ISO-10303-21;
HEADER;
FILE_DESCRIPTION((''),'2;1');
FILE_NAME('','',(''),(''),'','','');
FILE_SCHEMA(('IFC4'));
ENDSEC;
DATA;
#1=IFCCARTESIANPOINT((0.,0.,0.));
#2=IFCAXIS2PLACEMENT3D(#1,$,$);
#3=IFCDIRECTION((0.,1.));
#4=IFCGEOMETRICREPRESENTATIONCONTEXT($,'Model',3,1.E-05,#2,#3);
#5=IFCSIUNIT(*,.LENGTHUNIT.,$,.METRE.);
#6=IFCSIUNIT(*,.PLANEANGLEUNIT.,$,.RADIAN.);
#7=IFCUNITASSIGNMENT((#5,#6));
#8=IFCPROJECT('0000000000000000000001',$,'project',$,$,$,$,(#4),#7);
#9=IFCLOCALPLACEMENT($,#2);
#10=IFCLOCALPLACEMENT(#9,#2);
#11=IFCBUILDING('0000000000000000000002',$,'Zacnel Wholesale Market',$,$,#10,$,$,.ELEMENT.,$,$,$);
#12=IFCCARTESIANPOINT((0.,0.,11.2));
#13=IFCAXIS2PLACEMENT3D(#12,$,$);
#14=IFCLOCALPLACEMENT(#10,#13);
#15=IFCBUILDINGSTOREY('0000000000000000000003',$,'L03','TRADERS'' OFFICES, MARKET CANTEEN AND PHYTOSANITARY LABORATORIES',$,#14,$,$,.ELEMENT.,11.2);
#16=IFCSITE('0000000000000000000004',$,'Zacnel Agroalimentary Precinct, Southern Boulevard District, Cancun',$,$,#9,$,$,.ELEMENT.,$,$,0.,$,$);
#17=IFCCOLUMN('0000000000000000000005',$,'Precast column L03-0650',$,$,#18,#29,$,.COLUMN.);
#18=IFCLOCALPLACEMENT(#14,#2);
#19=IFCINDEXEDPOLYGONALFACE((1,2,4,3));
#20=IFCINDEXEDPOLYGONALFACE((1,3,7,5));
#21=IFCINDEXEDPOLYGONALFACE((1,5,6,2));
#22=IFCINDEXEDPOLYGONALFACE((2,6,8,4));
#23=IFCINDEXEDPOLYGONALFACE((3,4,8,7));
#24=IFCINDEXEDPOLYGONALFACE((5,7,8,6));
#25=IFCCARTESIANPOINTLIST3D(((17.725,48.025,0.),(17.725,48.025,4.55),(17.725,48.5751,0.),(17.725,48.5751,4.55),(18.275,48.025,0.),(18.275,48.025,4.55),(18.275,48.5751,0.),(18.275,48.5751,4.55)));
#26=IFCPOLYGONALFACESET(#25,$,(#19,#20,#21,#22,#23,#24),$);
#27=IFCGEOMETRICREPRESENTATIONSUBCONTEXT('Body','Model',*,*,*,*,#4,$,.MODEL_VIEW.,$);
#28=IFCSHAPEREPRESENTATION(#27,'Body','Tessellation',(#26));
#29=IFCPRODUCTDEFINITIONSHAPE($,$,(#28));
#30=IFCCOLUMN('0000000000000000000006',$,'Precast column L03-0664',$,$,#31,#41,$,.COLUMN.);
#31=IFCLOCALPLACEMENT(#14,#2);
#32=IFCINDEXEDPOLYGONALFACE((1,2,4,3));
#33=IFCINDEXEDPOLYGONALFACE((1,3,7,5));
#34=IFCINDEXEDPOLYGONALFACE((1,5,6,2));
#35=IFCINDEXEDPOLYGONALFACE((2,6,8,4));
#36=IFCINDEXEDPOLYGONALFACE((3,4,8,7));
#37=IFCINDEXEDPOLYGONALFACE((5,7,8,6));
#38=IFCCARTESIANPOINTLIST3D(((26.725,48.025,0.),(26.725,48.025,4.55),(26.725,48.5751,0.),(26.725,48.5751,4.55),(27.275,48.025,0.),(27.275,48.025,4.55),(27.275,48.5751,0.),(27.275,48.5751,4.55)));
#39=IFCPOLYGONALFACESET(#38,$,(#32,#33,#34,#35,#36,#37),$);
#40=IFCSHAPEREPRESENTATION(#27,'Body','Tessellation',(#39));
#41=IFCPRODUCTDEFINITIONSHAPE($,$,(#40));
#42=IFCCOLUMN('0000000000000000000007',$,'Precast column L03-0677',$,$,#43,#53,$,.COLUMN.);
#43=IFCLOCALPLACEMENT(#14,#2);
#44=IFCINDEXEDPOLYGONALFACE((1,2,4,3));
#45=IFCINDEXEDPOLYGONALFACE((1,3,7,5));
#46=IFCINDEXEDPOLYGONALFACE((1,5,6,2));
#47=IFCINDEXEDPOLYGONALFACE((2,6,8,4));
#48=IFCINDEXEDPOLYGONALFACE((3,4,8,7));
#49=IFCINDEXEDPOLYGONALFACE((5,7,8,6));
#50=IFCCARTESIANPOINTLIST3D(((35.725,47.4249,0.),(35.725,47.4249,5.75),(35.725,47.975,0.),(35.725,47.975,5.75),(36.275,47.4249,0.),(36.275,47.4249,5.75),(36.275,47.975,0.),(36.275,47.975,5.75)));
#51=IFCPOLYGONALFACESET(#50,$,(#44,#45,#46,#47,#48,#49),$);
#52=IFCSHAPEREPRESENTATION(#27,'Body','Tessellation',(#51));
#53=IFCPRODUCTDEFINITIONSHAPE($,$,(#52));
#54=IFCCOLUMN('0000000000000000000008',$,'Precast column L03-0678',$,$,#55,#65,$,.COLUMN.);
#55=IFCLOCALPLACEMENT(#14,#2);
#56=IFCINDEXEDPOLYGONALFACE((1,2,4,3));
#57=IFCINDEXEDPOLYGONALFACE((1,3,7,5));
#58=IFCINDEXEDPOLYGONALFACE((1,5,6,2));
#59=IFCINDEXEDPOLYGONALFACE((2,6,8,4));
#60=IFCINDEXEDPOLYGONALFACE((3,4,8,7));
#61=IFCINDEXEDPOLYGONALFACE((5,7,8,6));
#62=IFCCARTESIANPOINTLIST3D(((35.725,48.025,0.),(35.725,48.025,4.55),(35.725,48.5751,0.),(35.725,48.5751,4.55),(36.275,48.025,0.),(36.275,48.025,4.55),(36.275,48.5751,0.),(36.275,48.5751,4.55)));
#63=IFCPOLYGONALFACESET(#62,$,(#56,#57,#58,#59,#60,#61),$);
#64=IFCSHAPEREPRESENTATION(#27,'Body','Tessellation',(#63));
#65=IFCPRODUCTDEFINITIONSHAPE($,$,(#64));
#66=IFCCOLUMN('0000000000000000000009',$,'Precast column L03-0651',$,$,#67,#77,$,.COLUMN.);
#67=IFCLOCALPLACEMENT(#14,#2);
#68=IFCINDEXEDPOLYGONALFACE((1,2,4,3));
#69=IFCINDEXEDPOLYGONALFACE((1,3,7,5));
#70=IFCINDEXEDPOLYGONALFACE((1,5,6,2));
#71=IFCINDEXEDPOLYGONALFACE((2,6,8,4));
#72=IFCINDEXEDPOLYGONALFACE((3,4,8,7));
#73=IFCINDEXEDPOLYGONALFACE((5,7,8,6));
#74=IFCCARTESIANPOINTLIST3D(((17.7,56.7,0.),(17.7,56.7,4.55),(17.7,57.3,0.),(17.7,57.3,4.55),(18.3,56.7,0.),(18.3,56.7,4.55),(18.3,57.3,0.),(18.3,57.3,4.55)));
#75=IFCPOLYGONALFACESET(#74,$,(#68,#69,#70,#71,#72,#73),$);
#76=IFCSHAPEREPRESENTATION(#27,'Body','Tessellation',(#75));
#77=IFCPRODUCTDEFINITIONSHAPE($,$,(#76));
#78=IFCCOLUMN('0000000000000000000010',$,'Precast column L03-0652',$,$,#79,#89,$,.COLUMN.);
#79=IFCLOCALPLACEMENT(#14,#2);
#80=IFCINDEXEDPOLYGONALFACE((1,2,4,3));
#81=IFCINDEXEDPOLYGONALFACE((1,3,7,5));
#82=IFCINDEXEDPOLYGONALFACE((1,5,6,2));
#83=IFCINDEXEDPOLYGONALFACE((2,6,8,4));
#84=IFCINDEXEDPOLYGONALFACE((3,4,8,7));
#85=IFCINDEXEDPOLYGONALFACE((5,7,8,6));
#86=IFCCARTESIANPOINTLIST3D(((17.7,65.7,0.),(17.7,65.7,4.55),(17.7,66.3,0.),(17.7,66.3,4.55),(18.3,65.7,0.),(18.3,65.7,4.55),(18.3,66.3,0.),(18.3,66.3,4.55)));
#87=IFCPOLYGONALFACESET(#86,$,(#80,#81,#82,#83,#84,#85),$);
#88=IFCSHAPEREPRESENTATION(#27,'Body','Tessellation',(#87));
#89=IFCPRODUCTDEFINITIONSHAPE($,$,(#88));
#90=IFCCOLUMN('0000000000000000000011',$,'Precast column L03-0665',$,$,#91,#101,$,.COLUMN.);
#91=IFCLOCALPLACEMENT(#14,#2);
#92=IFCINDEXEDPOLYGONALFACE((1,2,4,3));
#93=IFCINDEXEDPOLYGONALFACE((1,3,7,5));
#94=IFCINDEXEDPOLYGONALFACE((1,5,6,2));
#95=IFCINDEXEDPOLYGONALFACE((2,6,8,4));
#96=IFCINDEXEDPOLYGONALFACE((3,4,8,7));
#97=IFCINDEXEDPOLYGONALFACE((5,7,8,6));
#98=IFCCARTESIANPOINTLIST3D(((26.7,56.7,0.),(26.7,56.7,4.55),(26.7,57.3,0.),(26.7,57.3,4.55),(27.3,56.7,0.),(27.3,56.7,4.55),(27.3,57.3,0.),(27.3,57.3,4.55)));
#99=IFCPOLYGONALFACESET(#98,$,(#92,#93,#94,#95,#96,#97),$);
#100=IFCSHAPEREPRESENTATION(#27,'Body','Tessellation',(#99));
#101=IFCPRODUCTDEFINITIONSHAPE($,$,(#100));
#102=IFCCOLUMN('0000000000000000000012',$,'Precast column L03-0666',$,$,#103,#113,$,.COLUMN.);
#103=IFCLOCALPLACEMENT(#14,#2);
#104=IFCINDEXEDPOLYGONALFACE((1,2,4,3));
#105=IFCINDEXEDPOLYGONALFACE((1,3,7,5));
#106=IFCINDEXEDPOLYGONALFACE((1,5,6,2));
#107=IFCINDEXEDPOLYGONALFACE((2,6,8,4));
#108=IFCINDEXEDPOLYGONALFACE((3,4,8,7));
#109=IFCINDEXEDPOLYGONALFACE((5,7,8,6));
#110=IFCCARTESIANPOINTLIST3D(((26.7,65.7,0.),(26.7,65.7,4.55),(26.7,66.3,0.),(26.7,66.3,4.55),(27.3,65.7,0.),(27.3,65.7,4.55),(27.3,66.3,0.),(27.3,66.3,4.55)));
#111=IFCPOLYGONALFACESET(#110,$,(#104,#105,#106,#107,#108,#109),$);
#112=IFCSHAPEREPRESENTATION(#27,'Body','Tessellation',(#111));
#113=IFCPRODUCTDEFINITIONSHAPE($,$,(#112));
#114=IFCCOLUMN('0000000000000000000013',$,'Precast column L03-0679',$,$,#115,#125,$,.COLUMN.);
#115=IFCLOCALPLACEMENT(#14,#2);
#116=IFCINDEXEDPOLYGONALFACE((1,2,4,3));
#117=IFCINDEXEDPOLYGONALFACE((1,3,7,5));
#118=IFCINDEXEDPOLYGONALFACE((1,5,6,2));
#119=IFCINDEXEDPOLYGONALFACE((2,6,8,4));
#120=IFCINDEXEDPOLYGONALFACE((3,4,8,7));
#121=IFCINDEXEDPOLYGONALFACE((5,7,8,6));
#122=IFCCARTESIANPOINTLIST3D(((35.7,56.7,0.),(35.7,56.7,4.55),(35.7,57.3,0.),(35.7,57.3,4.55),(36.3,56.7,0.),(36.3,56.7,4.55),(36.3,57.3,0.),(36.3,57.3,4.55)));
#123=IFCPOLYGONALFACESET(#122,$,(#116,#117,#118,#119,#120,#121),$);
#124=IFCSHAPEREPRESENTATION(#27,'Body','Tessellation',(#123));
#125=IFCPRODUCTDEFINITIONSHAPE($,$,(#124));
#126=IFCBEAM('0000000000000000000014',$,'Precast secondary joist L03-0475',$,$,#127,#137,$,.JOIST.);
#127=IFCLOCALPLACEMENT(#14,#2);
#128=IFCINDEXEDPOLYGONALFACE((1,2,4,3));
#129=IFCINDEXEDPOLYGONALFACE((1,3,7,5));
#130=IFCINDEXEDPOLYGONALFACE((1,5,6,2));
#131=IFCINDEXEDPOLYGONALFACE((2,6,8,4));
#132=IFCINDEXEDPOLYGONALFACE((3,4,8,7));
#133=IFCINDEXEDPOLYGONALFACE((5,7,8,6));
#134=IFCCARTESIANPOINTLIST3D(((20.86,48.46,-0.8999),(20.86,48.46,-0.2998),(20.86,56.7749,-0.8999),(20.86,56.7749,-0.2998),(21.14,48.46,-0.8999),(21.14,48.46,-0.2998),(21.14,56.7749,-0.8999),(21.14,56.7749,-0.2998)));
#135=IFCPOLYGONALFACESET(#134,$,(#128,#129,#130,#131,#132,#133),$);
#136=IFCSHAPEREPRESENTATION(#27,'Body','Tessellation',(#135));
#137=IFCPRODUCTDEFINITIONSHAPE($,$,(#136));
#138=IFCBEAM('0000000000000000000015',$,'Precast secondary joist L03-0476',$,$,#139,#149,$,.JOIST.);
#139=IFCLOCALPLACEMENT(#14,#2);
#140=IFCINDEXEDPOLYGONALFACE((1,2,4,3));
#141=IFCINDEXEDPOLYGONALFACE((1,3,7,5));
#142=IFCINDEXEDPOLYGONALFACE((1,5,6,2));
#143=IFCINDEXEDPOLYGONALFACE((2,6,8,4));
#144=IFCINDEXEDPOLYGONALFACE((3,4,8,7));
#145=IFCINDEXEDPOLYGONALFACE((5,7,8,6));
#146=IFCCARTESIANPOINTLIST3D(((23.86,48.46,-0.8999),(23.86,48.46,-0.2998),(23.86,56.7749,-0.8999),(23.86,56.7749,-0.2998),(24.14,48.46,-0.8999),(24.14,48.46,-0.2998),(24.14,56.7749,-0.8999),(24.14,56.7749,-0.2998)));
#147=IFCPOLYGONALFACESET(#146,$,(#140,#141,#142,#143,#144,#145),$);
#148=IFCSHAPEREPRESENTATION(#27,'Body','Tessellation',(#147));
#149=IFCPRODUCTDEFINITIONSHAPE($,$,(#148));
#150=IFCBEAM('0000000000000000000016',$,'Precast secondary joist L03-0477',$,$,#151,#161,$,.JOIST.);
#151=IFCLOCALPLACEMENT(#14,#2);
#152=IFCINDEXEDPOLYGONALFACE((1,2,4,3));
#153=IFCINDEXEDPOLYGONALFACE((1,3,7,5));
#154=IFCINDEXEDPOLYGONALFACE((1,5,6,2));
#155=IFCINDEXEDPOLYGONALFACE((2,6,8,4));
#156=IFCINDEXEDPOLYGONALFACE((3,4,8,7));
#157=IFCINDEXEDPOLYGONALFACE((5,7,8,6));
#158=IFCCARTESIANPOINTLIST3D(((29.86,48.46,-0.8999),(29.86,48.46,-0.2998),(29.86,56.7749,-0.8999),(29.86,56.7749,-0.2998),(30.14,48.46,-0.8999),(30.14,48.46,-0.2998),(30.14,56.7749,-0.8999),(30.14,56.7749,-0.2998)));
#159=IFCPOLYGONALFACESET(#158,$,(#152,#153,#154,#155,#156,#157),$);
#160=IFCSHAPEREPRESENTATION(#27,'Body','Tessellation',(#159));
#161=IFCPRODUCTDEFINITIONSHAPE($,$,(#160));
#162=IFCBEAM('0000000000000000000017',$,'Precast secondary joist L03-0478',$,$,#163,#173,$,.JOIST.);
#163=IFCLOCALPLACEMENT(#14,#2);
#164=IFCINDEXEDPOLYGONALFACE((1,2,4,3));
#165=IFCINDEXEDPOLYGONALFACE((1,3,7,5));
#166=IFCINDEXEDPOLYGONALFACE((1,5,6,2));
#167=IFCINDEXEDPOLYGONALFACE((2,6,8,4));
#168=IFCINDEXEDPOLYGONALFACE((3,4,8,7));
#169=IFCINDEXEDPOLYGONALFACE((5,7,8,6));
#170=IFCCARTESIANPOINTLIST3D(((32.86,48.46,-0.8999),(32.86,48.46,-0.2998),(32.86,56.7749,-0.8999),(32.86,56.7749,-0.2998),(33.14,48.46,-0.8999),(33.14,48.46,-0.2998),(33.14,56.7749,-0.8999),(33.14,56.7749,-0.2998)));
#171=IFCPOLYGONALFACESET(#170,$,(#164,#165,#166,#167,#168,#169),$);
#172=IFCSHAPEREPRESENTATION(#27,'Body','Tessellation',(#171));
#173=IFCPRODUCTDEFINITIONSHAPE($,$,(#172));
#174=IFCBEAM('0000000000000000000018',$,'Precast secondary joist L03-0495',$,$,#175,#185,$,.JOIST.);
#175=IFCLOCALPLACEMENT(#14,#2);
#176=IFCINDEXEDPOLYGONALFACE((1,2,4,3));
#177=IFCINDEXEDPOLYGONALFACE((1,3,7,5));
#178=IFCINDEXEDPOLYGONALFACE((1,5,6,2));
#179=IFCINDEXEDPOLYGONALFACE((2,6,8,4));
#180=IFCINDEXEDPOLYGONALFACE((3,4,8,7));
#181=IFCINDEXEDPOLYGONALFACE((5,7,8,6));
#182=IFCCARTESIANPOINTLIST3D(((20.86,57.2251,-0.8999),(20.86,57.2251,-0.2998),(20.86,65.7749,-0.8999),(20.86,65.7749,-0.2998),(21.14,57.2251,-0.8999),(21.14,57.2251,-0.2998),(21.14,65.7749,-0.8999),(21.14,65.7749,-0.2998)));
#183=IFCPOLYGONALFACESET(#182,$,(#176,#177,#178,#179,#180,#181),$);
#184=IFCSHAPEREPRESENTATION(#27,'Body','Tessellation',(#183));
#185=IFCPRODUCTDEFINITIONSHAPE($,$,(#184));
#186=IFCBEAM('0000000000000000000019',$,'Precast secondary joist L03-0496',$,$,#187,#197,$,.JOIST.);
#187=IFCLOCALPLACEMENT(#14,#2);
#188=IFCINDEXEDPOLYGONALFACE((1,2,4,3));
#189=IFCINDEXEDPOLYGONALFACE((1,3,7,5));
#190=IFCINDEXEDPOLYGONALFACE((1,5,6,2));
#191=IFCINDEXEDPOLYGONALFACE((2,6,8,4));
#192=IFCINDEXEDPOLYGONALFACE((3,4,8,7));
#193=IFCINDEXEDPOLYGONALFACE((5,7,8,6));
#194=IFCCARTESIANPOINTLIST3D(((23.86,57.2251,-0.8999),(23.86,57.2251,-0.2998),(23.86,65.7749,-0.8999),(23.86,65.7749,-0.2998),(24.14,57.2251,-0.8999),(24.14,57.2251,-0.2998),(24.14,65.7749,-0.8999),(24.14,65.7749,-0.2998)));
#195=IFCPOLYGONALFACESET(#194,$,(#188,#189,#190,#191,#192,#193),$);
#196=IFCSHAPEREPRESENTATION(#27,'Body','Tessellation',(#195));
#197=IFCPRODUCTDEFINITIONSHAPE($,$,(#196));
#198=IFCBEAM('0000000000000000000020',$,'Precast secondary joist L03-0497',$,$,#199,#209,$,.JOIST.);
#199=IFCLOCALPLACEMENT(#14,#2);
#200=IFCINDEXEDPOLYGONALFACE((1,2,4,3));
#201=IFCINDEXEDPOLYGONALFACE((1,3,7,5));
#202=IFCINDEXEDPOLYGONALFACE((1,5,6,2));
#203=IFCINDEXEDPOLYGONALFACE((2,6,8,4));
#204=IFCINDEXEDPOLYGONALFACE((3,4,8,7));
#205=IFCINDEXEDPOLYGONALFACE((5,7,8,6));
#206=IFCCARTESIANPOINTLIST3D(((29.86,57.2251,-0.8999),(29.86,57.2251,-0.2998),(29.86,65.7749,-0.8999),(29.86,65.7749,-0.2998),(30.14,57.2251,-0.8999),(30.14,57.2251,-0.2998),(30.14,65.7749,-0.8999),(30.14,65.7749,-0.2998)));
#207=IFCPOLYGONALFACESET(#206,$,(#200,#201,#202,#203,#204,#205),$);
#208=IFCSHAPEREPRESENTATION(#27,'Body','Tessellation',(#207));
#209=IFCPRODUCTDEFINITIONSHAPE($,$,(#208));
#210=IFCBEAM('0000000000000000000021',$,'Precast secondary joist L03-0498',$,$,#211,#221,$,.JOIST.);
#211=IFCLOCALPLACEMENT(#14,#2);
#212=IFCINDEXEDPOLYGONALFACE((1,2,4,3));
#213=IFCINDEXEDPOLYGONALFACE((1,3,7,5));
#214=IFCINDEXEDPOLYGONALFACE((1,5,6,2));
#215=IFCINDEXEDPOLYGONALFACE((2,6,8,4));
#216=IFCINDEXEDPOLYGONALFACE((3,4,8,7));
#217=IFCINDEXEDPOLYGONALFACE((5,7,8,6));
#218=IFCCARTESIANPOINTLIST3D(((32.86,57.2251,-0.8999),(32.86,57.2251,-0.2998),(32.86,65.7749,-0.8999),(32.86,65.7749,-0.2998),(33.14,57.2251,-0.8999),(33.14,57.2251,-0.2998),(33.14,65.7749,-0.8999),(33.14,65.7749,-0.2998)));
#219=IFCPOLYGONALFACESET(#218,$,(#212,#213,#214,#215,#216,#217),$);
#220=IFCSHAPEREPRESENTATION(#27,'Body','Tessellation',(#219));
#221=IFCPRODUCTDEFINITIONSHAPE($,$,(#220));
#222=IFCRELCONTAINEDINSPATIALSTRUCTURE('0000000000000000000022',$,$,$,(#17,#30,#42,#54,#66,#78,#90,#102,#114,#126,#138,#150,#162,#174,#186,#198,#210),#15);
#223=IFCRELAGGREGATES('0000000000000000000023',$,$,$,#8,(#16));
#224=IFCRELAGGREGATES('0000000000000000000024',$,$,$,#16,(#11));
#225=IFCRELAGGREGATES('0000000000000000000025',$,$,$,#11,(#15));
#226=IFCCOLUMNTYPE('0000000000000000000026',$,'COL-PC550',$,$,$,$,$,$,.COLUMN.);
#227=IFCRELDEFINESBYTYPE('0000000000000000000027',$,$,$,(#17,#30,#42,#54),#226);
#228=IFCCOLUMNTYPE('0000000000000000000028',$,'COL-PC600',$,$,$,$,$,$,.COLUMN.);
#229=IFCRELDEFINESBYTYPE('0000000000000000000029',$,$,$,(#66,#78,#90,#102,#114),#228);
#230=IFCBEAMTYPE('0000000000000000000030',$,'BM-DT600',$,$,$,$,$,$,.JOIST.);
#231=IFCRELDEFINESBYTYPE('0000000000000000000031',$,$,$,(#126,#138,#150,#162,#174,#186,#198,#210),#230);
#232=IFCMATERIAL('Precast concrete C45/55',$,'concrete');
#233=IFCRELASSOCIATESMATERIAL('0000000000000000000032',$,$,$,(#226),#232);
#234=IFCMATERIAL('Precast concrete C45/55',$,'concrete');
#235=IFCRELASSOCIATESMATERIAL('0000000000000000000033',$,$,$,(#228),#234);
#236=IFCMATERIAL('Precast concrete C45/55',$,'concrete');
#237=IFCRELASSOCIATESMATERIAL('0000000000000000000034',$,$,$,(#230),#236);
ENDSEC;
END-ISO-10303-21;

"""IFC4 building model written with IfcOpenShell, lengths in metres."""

from ifc_helpers import new_model, si_unit, direction, frame, origin, origin_2d, place, context, subcontext, project, spatial, rectangle, extrude, material, material_profile, profile_set, type_object, element, save


model = new_model("IFC4")

# Units and contexts
model_context = context("Model", 3, precision=1e-05, world=origin(), true_north=direction((0.0, 1.0)))
body_context = subcontext(model_context, "Body", "Model", "MODEL_VIEW")
ifc_project = project(units=[si_unit("LENGTHUNIT", "METRE"), si_unit("PLANEANGLEUNIT", "RADIAN")], contexts=[model_context])

# Site, building, storey
site_placement = place(None, origin())
site = spatial("IfcSite", under=ifc_project, at=site_placement, Name="Zacnel Agroalimentary Precinct, Southern Boulevard District, Cancun", CompositionType="ELEMENT", RefElevation=0.0)
building_placement = place(site_placement, origin())
building = spatial("IfcBuilding", under=site, at=building_placement, Name="Zacnel Wholesale Market", CompositionType="ELEMENT")
storey_placement = place(building_placement, frame((0.0, 0.0, 11.2)))
storey = spatial("IfcBuildingStorey", under=building, at=storey_placement, Name="L03", Description="TRADERS' OFFICES, MARKET CANTEEN AND PHYTOSANITARY LABORATORIES", CompositionType="ELEMENT", Elevation=11.2)

# Columns
ifc_material_1 = material(Name="Precast concrete C45/55", Category="concrete")
ifc_material_profile_1 = material_profile(ifc_material_1, rectangle(XDim=0.55, YDim=0.55, at=origin_2d()), Name="PC 550x550")
ifc_profile_set_1 = profile_set([ifc_material_profile_1], Name="Precast concrete C45/55")
column_type_1 = type_object("IfcColumnType", Name="COL-PC550", PredefinedType="COLUMN", material=ifc_profile_set_1)
for number, where, z_axis, x_axis, name in (
    (1, (18.0, 48.3, 0.0), (0.0, 0.0, 1.0), (1.0, 0.0, 0.0), "Precast column L03-0650"),
    (2, (27.0, 48.3, 0.0), (0.0, 0.0, 1.0), (1.0, 0.0, 0.0), "Precast column L03-0664"),
):
    element("IfcColumn", number, at=place(storey_placement, frame(where, z_axis=z_axis, x_axis=x_axis)), inside=storey, type_object=column_type_1, Name=name, PredefinedType="COLUMN", context=body_context, shape_type="SweptSolid", body=[
        extrude(rectangle(XDim=0.55, YDim=0.55, at=origin_2d()), origin(), (0.0, 0.0, 1.0), 4.55),
    ])
column_1_placement = place(storey_placement, frame((36.0, 47.7, 0.0), z_axis=(0.0, 0.0, 1.0), x_axis=(1.0, 0.0, 0.0)))
element("IfcColumn", 3, at=column_1_placement, inside=storey, type_object=column_type_1, Name="Precast column L03-0677", PredefinedType="COLUMN", context=body_context, shape_type="SweptSolid", body=[
    extrude(rectangle(XDim=0.55, YDim=0.55, at=origin_2d()), origin(), (0.0, 0.0, 1.0), 5.75),
])
column_2_placement = place(storey_placement, frame((36.0, 48.3, 0.0), z_axis=(0.0, 0.0, 1.0), x_axis=(1.0, 0.0, 0.0)))
element("IfcColumn", 4, at=column_2_placement, inside=storey, type_object=column_type_1, Name="Precast column L03-0678", PredefinedType="COLUMN", context=body_context, shape_type="SweptSolid", body=[
    extrude(rectangle(XDim=0.55, YDim=0.55, at=origin_2d()), origin(), (0.0, 0.0, 1.0), 4.55),
])
ifc_material_2 = material(Name="Precast concrete C45/55", Category="concrete")
ifc_material_profile_2 = material_profile(ifc_material_2, rectangle(XDim=0.6001, YDim=0.6001, at=origin_2d()), Name="PC 600x600")
ifc_profile_set_2 = profile_set([ifc_material_profile_2], Name="Precast concrete C45/55")
column_type_2 = type_object("IfcColumnType", Name="COL-PC600", PredefinedType="COLUMN", material=ifc_profile_set_2)
for number, where, z_axis, x_axis, name in (
    (5, (18.0, 57.0, 0.0), (0.0, 0.0, 1.0), (1.0, 0.0, 0.0), "Precast column L03-0651"),
    (6, (18.0, 66.0, 0.0), (0.0, 0.0, 1.0), (1.0, 0.0, 0.0), "Precast column L03-0652"),
    (7, (27.0, 57.0, 0.0), (0.0, 0.0, 1.0), (1.0, 0.0, 0.0), "Precast column L03-0665"),
    (8, (27.0, 66.0, 0.0), (0.0, 0.0, 1.0), (1.0, 0.0, 0.0), "Precast column L03-0666"),
    (9, (36.0, 57.0, 0.0), (0.0, 0.0, 1.0), (1.0, 0.0, 0.0), "Precast column L03-0679"),
):
    element("IfcColumn", number, at=place(storey_placement, frame(where, z_axis=z_axis, x_axis=x_axis)), inside=storey, type_object=column_type_2, Name=name, PredefinedType="COLUMN", context=body_context, shape_type="SweptSolid", body=[
        extrude(rectangle(XDim=0.6001, YDim=0.6001, at=origin_2d()), origin(), (0.0, 0.0, 1.0), 4.55),
    ])

# Beams
ifc_material_3 = material(Name="Precast concrete C45/55", Category="concrete")
ifc_material_profile_3 = material_profile(ifc_material_3, rectangle(XDim=0.28, YDim=0.6001, at=origin_2d()), Name="DT RIB 280x600")
ifc_profile_set_3 = profile_set([ifc_material_profile_3], Name="Precast concrete C45/55")
beam_type_1 = type_object("IfcBeamType", Name="BM-DT600", PredefinedType="JOIST", material=ifc_profile_set_3)
for number, where, z_axis, x_axis, name in (
    (10, (21.0, 48.46, -0.5999), (0.0, 1.0, 0.0), (-1.0, 0.0, 0.0), "Precast secondary joist L03-0475"),
    (11, (24.0, 48.46, -0.5999), (0.0, 1.0, 0.0), (-1.0, 0.0, 0.0), "Precast secondary joist L03-0476"),
    (12, (30.0, 48.46, -0.5999), (0.0, 1.0, 0.0), (-1.0, 0.0, 0.0), "Precast secondary joist L03-0477"),
    (13, (33.0, 48.46, -0.5999), (0.0, 1.0, 0.0), (-1.0, 0.0, 0.0), "Precast secondary joist L03-0478"),
):
    element("IfcBeam", number, at=place(storey_placement, frame(where, z_axis=z_axis, x_axis=x_axis)), inside=storey, type_object=beam_type_1, Name=name, PredefinedType="JOIST", context=body_context, shape_type="SweptSolid", body=[
        extrude(rectangle(XDim=0.28, YDim=0.6001, at=origin_2d()), origin(), (0.0, 0.0, 1.0), 8.3149),
    ])
for number, where, z_axis, x_axis, name in (
    (14, (21.0, 57.2251, -0.5999), (0.0, 1.0, 0.0), (-1.0, 0.0, 0.0), "Precast secondary joist L03-0495"),
    (15, (24.0, 57.2251, -0.5999), (0.0, 1.0, 0.0), (-1.0, 0.0, 0.0), "Precast secondary joist L03-0496"),
    (16, (30.0, 57.2251, -0.5999), (0.0, 1.0, 0.0), (-1.0, 0.0, 0.0), "Precast secondary joist L03-0497"),
    (17, (33.0, 57.2251, -0.5999), (0.0, 1.0, 0.0), (-1.0, 0.0, 0.0), "Precast secondary joist L03-0498"),
):
    element("IfcBeam", number, at=place(storey_placement, frame(where, z_axis=z_axis, x_axis=x_axis)), inside=storey, type_object=beam_type_1, Name=name, PredefinedType="JOIST", context=body_context, shape_type="SweptSolid", body=[
        extrude(rectangle(XDim=0.28, YDim=0.6001, at=origin_2d()), origin(), (0.0, 0.0, 1.0), 8.5498),
    ])

save(model, "model.ifc")
